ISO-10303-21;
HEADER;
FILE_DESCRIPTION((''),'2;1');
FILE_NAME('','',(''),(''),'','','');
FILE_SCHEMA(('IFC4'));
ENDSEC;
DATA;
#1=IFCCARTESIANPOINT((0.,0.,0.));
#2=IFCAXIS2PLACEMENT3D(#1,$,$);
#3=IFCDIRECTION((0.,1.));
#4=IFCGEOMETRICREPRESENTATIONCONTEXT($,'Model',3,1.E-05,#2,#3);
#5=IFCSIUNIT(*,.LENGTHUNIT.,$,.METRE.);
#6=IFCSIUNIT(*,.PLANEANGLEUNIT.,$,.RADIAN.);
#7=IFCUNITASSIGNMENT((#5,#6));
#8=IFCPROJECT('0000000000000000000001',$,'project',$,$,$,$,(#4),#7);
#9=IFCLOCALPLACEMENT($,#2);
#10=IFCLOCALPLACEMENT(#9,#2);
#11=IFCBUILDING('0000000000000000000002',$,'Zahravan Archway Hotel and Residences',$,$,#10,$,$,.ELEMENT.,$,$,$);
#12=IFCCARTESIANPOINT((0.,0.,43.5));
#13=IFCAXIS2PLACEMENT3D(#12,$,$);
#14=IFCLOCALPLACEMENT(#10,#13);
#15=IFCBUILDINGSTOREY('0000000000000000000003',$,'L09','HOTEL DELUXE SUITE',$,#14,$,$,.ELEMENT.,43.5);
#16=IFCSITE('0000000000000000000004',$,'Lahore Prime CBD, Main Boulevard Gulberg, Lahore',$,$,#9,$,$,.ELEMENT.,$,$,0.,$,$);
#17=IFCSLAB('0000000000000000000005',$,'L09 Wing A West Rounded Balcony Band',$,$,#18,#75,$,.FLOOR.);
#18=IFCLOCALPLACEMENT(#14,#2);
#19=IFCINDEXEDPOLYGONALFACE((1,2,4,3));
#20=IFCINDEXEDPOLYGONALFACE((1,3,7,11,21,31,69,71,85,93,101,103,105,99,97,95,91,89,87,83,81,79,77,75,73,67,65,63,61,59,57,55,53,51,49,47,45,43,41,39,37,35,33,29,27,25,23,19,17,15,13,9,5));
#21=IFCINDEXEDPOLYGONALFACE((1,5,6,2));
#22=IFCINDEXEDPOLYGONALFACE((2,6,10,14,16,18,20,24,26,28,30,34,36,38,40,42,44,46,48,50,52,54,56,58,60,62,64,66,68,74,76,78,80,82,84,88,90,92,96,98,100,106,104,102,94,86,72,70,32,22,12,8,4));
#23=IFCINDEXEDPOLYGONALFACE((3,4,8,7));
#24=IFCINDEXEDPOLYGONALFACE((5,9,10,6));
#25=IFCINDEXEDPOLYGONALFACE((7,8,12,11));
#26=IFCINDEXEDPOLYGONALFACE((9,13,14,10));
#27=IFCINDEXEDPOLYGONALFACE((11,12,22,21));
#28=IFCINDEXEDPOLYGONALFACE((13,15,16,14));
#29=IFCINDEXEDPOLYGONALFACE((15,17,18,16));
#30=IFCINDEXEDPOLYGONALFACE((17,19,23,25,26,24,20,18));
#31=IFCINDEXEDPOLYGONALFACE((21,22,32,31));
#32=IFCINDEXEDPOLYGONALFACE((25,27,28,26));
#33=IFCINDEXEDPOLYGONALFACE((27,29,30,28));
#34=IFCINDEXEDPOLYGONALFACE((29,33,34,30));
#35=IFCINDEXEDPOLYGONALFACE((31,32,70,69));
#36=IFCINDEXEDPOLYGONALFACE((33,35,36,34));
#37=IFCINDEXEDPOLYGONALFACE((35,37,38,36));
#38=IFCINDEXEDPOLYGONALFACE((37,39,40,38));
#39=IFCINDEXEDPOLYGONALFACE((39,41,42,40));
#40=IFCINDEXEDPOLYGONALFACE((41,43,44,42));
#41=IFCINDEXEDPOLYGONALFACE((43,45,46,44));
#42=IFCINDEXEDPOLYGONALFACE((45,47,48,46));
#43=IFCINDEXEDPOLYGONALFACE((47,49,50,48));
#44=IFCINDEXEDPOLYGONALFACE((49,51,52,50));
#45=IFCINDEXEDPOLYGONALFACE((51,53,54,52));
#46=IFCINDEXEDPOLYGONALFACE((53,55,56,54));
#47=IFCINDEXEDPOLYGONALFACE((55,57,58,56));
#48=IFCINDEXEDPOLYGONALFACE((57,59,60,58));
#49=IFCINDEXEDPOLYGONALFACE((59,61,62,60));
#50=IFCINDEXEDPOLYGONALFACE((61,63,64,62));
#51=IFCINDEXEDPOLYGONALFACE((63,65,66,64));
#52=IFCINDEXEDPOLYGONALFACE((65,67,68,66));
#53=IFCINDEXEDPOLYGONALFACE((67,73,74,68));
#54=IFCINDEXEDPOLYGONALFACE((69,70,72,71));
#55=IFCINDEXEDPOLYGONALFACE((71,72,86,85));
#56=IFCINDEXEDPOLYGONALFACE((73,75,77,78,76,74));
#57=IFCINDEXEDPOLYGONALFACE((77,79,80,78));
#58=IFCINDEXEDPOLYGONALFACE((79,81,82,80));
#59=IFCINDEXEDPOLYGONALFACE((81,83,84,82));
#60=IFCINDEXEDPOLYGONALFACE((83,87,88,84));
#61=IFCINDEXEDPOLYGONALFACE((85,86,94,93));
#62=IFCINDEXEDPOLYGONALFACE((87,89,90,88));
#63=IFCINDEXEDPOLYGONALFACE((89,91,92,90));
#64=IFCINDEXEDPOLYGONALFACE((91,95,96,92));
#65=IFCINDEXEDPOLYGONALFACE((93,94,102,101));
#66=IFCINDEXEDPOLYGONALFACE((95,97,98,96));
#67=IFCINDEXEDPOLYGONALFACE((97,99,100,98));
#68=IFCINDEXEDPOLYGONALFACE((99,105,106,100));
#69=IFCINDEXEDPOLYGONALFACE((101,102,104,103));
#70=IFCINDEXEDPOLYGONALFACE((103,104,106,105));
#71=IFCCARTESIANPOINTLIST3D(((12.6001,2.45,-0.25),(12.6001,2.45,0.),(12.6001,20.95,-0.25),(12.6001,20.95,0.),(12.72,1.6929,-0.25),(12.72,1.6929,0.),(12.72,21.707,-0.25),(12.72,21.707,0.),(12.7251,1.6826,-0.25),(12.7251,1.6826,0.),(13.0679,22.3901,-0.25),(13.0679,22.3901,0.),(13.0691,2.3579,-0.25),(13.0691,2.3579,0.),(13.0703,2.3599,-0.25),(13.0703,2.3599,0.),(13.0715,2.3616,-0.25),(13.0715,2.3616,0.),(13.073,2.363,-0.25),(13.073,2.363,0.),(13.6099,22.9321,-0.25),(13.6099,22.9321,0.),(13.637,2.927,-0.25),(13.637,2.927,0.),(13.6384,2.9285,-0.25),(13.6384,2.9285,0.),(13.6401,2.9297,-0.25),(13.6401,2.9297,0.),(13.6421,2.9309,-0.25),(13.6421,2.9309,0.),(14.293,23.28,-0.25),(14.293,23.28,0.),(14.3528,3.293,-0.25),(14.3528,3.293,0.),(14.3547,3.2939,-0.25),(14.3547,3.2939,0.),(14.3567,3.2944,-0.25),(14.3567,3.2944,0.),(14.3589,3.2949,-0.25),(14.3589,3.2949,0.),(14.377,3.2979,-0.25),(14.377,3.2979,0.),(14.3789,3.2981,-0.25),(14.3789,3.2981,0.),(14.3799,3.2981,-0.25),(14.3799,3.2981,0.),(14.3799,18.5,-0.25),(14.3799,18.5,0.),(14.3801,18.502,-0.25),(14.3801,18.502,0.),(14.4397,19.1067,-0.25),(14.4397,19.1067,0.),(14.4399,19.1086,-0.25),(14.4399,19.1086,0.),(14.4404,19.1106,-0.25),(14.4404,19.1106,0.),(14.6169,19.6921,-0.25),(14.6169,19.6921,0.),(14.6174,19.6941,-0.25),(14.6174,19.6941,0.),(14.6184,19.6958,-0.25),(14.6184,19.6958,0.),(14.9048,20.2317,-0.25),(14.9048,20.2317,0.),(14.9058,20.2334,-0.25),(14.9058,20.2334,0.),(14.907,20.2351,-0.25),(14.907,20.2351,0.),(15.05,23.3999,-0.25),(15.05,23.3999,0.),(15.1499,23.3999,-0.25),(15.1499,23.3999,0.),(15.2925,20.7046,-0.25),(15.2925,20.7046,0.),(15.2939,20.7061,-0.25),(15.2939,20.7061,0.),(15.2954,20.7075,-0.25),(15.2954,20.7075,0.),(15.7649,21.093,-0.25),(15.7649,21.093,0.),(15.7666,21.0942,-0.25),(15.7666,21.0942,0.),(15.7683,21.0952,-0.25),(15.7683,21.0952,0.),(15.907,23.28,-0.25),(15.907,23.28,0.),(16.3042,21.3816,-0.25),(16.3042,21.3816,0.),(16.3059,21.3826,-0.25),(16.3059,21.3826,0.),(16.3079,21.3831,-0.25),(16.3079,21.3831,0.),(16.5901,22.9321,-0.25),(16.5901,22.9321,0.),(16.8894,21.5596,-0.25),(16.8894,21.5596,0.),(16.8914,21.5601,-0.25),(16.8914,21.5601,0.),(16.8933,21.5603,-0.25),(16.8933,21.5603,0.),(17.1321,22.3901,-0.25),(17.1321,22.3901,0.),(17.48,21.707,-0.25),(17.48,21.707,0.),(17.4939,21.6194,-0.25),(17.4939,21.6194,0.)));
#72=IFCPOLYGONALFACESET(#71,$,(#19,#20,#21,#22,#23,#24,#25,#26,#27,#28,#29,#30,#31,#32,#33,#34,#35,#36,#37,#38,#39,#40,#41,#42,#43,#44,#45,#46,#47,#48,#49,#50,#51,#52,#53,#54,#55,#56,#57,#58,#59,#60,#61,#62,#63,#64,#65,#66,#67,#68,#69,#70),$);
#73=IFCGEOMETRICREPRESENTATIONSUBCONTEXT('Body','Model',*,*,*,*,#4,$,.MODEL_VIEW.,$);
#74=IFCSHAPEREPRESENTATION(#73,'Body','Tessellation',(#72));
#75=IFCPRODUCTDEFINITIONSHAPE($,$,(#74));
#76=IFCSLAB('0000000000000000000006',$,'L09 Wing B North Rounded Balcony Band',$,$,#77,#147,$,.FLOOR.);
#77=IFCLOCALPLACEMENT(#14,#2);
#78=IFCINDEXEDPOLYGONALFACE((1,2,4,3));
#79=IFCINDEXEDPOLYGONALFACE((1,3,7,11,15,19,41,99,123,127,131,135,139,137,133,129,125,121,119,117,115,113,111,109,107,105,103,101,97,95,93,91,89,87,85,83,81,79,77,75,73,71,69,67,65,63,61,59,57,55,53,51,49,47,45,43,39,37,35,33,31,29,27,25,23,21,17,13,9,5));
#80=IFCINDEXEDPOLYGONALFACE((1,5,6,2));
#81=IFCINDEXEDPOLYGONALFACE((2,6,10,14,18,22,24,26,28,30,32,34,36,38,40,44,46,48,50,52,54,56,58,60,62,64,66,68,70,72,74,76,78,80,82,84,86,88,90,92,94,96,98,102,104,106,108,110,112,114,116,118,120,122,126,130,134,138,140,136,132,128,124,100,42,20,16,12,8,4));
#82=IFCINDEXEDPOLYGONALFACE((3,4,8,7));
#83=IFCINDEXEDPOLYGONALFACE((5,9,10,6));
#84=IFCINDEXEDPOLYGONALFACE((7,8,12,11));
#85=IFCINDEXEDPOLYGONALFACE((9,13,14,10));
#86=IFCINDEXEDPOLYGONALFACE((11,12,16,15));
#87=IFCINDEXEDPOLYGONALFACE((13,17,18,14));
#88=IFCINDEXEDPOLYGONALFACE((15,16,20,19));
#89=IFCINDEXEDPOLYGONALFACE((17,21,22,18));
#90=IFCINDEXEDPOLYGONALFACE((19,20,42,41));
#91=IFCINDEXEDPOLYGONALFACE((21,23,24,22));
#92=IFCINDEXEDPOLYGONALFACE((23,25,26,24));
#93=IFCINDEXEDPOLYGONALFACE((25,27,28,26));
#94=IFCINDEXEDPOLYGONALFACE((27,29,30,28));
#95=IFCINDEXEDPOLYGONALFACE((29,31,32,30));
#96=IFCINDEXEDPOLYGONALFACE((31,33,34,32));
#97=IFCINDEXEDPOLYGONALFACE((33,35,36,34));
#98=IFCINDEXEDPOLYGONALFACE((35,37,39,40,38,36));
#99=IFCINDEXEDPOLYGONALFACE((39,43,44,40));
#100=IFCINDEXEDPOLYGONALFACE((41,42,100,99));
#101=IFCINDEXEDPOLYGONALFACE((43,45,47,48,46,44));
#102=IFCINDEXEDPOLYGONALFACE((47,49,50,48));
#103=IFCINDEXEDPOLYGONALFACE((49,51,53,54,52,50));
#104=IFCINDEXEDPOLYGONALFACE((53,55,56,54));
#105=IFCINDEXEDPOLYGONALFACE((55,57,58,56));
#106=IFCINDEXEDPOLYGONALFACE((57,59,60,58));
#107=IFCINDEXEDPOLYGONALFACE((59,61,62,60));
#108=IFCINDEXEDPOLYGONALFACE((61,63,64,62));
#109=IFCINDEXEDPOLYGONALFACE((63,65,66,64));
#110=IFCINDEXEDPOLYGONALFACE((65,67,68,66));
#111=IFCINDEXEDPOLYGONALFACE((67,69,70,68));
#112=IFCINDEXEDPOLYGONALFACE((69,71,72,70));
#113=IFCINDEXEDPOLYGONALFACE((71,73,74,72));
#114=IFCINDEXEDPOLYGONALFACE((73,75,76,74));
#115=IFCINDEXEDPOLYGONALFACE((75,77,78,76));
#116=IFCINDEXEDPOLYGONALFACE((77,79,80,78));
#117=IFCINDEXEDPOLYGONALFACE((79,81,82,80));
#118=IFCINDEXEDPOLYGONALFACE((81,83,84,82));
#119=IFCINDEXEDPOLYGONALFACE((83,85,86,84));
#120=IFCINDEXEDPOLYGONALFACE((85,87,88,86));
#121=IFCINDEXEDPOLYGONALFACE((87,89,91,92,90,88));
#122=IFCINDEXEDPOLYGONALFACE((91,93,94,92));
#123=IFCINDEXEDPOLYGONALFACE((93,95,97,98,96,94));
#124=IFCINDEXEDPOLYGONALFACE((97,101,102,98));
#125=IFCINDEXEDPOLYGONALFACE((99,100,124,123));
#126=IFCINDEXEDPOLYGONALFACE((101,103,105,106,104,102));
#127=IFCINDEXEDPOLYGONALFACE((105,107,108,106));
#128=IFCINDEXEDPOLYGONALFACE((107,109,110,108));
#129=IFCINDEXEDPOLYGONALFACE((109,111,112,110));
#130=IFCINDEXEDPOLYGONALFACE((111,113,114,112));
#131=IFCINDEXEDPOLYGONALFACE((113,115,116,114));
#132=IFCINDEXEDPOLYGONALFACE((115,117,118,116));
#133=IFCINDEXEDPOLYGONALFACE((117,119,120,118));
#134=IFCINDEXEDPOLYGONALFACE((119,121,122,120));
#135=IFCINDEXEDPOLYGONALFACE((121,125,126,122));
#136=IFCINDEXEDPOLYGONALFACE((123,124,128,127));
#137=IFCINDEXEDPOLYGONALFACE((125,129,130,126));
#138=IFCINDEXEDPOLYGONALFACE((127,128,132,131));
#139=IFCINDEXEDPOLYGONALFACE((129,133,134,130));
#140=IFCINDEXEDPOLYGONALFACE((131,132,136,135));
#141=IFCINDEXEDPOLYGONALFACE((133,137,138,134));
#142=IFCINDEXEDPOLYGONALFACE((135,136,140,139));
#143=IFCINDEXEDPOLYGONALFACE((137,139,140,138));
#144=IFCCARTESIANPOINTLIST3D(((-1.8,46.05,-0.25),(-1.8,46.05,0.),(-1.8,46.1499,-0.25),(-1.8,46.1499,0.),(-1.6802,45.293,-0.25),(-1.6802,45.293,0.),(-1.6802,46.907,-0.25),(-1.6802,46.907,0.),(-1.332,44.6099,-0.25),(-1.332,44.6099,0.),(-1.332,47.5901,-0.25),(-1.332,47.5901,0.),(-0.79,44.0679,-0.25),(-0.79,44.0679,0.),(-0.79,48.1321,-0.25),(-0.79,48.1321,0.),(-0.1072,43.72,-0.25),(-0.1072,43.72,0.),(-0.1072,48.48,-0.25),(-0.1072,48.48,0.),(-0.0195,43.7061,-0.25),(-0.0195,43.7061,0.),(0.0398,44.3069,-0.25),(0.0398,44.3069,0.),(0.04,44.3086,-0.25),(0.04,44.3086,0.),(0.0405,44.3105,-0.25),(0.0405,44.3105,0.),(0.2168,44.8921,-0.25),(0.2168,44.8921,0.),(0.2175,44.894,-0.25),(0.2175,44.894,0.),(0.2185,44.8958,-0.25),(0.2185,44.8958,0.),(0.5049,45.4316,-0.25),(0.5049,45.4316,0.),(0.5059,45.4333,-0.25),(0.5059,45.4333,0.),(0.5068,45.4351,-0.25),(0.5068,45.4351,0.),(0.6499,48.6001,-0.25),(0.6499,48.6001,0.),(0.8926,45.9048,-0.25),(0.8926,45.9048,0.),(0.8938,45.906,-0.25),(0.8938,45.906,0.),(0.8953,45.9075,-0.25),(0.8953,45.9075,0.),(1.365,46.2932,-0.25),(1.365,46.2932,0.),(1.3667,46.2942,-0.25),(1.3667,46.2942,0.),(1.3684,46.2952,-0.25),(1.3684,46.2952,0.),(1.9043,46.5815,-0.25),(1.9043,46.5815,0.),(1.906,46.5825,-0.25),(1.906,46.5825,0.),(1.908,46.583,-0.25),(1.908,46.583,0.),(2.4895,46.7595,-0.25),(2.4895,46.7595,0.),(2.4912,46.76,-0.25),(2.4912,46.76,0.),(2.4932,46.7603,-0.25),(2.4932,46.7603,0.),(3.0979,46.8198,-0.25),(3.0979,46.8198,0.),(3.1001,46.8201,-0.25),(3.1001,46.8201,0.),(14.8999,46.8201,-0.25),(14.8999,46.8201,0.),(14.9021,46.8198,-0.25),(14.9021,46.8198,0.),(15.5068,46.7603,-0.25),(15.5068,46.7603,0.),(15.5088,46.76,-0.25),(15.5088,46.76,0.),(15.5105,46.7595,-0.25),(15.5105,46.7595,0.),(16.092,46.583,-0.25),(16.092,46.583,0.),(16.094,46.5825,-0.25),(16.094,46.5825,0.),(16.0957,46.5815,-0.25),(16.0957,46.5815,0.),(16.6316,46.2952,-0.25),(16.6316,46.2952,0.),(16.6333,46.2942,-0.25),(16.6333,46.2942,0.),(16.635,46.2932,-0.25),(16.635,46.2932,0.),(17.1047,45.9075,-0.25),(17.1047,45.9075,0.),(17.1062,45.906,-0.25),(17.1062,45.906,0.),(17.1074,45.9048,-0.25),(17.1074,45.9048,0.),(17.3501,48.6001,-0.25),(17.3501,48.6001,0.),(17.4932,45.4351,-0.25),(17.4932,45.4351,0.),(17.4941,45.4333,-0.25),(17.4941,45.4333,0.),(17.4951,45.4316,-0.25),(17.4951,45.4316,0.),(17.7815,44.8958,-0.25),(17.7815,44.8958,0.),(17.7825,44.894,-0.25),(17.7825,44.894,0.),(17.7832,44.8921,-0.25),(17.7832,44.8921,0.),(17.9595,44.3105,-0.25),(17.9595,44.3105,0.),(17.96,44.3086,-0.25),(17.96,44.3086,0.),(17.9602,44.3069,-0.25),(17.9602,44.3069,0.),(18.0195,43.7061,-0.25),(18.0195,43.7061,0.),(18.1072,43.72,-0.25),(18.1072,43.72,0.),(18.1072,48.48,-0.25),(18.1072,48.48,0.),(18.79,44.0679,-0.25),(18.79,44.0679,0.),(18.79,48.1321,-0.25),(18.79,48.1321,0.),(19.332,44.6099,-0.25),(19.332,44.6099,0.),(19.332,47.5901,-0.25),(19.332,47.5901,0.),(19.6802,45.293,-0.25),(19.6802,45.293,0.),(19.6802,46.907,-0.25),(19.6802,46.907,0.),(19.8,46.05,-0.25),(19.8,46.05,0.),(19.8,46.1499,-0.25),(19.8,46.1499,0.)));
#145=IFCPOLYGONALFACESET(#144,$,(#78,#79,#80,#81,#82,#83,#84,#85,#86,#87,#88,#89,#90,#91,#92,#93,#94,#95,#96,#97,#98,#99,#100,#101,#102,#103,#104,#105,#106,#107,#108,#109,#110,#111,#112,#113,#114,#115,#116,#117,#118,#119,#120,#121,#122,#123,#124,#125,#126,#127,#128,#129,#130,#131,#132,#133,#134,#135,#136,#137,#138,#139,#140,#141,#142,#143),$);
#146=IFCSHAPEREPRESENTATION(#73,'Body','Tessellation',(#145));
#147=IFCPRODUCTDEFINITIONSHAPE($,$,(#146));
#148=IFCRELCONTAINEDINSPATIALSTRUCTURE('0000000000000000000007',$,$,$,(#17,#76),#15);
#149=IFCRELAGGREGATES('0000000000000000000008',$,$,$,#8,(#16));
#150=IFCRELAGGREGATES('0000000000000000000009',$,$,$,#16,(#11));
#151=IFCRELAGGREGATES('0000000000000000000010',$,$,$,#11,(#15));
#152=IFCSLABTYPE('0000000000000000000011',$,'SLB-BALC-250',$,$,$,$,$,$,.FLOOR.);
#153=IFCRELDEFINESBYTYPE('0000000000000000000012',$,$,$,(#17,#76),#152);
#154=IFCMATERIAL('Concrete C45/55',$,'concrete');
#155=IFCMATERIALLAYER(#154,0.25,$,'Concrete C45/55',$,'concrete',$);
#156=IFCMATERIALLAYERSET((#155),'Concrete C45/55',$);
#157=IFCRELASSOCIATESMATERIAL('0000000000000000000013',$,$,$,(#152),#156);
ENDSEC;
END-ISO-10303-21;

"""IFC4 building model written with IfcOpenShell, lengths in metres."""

from ifc_helpers import new_model, si_unit, direction, frame, origin, place, context, subcontext, project, spatial, polyline, outline, extrude, material, layer, layer_set, type_object, element, save


model = new_model("IFC4")

# Units and contexts
model_context = context("Model", 3, precision=1e-05, world=origin(), true_north=direction((0.0, 1.0)))
body_context = subcontext(model_context, "Body", "Model", "MODEL_VIEW")
ifc_project = project(units=[si_unit("LENGTHUNIT", "METRE"), si_unit("PLANEANGLEUNIT", "RADIAN")], contexts=[model_context])

# Site, building, storey
site_placement = place(None, origin())
site = spatial("IfcSite", under=ifc_project, at=site_placement, Name="Lahore Prime CBD, Main Boulevard Gulberg, Lahore", CompositionType="ELEMENT", RefElevation=0.0)
building_placement = place(site_placement, origin())
building = spatial("IfcBuilding", under=site, at=building_placement, Name="Zahravan Archway Hotel and Residences", CompositionType="ELEMENT")
storey_placement = place(building_placement, frame((0.0, 0.0, 43.5)))
storey = spatial("IfcBuildingStorey", under=building, at=storey_placement, Name="L09", Description="HOTEL DELUXE SUITE", CompositionType="ELEMENT", Elevation=43.5)

# Slabs
ifc_material_1 = material(Name="Concrete C45/55", Category="concrete")
ifc_layer_1 = layer(ifc_material_1, 0.25, Name="Concrete C45/55", Category="concrete")
ifc_layer_set_1 = layer_set([ifc_layer_1], Name="Concrete C45/55")
slab_type_1 = type_object("IfcSlabType", Name="SLB-BALC-250", PredefinedType="FLOOR", material=ifc_layer_set_1)
slab_1_placement = place(storey_placement, frame((0.0, 0.0, -0.25)))
element("IfcSlab", 1, at=slab_1_placement, inside=storey, type_object=slab_type_1, Name="L09 Wing A West Rounded Balcony Band", PredefinedType="FLOOR", context=body_context, shape_type="SweptSolid", body=[
    extrude(outline(polyline([(12.72, 1.6929), (12.6001, 2.45), (12.6001, 20.95), (12.72, 21.707), (13.0679, 22.3901), (13.6099, 22.9321), (14.293, 23.28), (15.05, 23.3999), (15.1499, 23.3999), (15.907, 23.28), (16.5901, 22.9321), (17.1321, 22.3901), (17.48, 21.707), (17.4939, 21.6194), (16.8933, 21.5603), (16.8914, 21.5601), (16.8894, 21.5596), (16.3079, 21.3831), (16.3059, 21.3826), (16.3042, 21.3816), (15.7683, 21.0952), (15.7666, 21.0942), (15.7649, 21.093), (15.2954, 20.7075), (15.2939, 20.7061), (15.2925, 20.7046), (14.907, 20.2351), (14.9058, 20.2334), (14.9048, 20.2317), (14.6184, 19.6958), (14.6174, 19.6941), (14.6169, 19.6921), (14.4404, 19.1106), (14.4399, 19.1086), (14.4397, 19.1067), (14.3801, 18.502), (14.3799, 18.5), (14.3799, 3.2981), (14.3789, 3.2981), (14.377, 3.2979), (14.3589, 3.2949), (14.3567, 3.2944), (14.3547, 3.2939), (14.3528, 3.293), (13.6421, 2.9309), (13.6401, 2.9297), (13.6384, 2.9285), (13.637, 2.927), (13.073, 2.363), (13.0715, 2.3616), (13.0703, 2.3599), (13.0691, 2.3579), (12.7251, 1.6826), (12.72, 1.6929)])), origin(), (0.0, 0.0, 1.0), 0.25),
])
slab_2_placement = place(storey_placement, frame((0.0, 0.0, -0.25)))
element("IfcSlab", 2, at=slab_2_placement, inside=storey, type_object=slab_type_1, Name="L09 Wing B North Rounded Balcony Band", PredefinedType="FLOOR", context=body_context, shape_type="SweptSolid", body=[
    extrude(outline(polyline([(-0.1072, 43.72), (-0.79, 44.0679), (-1.332, 44.6099), (-1.6802, 45.293), (-1.8, 46.05), (-1.8, 46.1499), (-1.6802, 46.907), (-1.332, 47.5901), (-0.79, 48.1321), (-0.1072, 48.48), (0.6499, 48.6001), (17.3501, 48.6001), (18.1072, 48.48), (18.79, 48.1321), (19.332, 47.5901), (19.6802, 46.907), (19.8, 46.1499), (19.8, 46.05), (19.6802, 45.293), (19.332, 44.6099), (18.79, 44.0679), (18.1072, 43.72), (18.0195, 43.7061), (17.9602, 44.3069), (17.96, 44.3086), (17.9595, 44.3105), (17.7832, 44.8921), (17.7825, 44.894), (17.7815, 44.8958), (17.4951, 45.4316), (17.4941, 45.4333), (17.4932, 45.4351), (17.1074, 45.9048), (17.1062, 45.906), (17.1047, 45.9075), (16.635, 46.2932), (16.6333, 46.2942), (16.6316, 46.2952), (16.0957, 46.5815), (16.094, 46.5825), (16.092, 46.583), (15.5105, 46.7595), (15.5088, 46.76), (15.5068, 46.7603), (14.9021, 46.8198), (14.8999, 46.8201), (3.1001, 46.8201), (3.0979, 46.8198), (2.4932, 46.7603), (2.4912, 46.76), (2.4895, 46.7595), (1.908, 46.583), (1.906, 46.5825), (1.9043, 46.5815), (1.3684, 46.2952), (1.3667, 46.2942), (1.365, 46.2932), (0.8953, 45.9075), (0.8938, 45.906), (0.8926, 45.9048), (0.5068, 45.4351), (0.5059, 45.4333), (0.5049, 45.4316), (0.2185, 44.8958), (0.2175, 44.894), (0.2168, 44.8921), (0.0405, 44.3105), (0.04, 44.3086), (0.0398, 44.3069), (-0.0195, 43.7061), (-0.1072, 43.72)])), origin(), (0.0, 0.0, 1.0), 0.25),
])

save(model, "model.ifc")
